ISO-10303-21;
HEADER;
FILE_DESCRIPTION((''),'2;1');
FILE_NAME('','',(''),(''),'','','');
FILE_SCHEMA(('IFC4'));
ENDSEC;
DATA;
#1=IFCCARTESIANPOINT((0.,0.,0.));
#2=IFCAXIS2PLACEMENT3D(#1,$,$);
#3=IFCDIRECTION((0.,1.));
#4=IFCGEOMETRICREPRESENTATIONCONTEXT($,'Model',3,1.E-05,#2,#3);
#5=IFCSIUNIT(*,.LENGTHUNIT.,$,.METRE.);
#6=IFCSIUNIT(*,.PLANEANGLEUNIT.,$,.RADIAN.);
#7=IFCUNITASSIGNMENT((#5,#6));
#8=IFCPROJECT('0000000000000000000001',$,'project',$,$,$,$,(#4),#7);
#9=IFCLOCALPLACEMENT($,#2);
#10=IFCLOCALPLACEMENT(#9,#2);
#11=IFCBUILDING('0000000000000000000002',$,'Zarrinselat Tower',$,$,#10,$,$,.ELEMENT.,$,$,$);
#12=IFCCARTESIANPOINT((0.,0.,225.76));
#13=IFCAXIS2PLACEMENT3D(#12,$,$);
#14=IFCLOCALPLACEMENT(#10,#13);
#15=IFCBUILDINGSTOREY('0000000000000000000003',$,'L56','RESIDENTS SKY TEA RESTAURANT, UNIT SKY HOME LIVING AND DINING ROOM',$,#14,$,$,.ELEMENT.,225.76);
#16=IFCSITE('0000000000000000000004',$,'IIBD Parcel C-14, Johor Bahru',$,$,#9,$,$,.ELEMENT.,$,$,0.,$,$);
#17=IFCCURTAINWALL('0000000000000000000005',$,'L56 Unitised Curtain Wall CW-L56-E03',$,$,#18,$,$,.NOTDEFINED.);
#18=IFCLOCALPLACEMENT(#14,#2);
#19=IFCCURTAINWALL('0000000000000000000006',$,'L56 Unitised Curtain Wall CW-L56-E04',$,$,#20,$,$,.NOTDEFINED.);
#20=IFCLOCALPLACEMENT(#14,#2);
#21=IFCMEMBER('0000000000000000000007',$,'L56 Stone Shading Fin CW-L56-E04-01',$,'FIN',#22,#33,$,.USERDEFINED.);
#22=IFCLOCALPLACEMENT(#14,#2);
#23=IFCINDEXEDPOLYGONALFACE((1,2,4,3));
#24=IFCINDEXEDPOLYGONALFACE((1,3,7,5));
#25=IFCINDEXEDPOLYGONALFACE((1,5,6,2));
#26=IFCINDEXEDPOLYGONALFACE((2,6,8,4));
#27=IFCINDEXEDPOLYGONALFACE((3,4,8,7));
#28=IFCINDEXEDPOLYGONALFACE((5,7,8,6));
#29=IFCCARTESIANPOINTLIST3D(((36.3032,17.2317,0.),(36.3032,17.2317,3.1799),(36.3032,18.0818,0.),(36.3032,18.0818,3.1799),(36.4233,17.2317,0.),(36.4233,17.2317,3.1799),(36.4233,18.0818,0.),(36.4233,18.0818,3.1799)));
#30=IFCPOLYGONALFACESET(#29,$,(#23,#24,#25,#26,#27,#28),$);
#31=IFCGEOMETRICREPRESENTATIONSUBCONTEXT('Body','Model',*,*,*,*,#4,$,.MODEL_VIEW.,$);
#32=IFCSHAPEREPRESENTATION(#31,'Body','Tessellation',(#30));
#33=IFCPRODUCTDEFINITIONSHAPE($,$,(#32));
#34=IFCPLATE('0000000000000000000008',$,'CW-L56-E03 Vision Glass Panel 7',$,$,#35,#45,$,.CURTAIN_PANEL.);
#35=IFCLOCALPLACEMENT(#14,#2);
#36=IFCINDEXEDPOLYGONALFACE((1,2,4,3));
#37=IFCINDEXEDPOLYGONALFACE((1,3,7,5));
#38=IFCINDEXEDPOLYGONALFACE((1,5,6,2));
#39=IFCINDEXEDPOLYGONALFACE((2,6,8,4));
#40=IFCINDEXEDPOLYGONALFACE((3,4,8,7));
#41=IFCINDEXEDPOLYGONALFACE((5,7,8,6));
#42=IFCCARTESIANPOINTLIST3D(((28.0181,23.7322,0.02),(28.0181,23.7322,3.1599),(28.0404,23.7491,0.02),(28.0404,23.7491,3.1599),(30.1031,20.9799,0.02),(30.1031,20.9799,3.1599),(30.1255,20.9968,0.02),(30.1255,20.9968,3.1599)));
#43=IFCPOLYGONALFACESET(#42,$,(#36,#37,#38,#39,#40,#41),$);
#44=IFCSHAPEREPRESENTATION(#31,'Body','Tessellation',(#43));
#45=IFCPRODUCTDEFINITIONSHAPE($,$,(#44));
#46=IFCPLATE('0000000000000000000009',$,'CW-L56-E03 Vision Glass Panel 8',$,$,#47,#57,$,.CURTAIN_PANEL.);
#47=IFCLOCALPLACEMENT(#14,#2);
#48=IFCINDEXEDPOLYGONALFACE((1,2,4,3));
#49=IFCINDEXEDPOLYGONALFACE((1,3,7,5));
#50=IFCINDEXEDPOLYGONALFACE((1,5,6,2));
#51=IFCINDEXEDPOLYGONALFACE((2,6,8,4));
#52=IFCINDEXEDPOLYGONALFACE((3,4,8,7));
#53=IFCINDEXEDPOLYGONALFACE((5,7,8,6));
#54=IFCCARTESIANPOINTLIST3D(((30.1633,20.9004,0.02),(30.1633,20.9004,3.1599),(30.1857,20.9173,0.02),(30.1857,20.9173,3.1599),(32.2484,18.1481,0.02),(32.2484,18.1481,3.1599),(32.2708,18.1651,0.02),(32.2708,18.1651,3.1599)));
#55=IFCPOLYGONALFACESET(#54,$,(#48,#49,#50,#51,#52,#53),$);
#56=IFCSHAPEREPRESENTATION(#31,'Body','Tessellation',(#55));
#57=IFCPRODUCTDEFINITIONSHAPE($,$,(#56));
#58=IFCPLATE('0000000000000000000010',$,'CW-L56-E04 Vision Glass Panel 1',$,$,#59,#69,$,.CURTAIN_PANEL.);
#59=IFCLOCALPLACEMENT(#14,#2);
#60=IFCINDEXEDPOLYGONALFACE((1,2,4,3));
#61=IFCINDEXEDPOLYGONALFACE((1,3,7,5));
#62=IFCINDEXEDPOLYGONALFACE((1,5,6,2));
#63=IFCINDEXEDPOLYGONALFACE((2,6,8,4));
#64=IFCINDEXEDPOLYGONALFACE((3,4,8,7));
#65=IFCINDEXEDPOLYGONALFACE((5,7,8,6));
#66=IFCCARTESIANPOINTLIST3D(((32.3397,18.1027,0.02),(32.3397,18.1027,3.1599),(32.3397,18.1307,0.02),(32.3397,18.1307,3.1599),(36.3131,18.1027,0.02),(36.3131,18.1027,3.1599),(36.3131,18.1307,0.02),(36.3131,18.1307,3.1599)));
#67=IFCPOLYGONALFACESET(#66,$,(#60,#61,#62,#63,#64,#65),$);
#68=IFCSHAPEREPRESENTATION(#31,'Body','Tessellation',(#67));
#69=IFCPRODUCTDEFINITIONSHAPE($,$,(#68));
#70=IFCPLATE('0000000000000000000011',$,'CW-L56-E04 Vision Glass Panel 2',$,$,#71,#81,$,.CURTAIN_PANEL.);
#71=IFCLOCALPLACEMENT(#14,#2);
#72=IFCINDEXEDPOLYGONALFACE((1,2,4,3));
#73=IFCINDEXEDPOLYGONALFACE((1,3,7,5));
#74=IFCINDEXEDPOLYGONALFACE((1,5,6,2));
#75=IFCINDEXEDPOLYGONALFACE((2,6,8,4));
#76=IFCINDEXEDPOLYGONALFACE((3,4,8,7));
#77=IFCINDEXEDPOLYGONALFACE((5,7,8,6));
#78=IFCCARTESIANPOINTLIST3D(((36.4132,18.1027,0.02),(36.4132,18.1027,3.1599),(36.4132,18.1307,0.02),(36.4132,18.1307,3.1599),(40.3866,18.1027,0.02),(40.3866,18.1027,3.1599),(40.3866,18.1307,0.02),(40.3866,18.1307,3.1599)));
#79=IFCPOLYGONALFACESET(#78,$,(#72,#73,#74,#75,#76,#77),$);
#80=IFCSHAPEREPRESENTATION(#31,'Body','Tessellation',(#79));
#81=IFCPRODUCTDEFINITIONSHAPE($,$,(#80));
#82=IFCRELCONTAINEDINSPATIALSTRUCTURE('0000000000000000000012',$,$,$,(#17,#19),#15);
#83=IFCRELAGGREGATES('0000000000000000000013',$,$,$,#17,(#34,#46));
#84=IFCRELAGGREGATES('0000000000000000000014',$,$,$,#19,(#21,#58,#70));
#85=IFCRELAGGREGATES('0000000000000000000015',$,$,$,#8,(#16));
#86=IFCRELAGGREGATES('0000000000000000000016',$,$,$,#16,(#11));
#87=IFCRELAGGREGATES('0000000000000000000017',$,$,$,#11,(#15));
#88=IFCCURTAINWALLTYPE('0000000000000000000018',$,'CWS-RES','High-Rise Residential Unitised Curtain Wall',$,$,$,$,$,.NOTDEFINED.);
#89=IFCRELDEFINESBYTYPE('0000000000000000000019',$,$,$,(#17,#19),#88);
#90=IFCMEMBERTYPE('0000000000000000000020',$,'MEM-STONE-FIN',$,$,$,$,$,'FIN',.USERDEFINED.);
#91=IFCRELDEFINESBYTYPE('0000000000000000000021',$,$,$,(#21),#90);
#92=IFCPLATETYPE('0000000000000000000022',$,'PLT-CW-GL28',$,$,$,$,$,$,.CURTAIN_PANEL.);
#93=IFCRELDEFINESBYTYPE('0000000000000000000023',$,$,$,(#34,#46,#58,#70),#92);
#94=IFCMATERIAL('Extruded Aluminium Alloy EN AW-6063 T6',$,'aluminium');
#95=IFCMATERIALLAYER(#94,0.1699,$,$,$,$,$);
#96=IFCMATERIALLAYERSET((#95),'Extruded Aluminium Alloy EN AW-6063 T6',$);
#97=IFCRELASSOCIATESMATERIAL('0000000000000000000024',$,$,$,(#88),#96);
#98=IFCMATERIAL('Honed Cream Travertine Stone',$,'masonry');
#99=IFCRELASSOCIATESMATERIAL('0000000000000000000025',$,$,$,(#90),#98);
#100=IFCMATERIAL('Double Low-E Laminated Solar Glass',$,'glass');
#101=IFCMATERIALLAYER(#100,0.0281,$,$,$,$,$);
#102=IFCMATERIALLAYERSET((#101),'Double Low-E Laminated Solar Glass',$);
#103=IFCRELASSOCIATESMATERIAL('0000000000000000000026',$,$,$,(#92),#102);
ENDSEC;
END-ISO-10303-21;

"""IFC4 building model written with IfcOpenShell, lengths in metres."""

from ifc_helpers import new_model, si_unit, direction, frame, origin, origin_2d, place, context, subcontext, project, spatial, rectangle, extrude, material, layer, layer_set, material_profile, profile_set, type_object, element, aggregate, save


model = new_model("IFC4")

# Units and contexts
model_context = context("Model", 3, precision=1e-05, world=origin(), true_north=direction((0.0, 1.0)))
body_context = subcontext(model_context, "Body", "Model", "MODEL_VIEW")
ifc_project = project(units=[si_unit("LENGTHUNIT", "METRE"), si_unit("PLANEANGLEUNIT", "RADIAN")], contexts=[model_context])

# Site, building, storey
site_placement = place(None, origin())
site = spatial("IfcSite", under=ifc_project, at=site_placement, Name="IIBD Parcel C-14, Johor Bahru", CompositionType="ELEMENT", RefElevation=0.0)
building_placement = place(site_placement, origin())
building = spatial("IfcBuilding", under=site, at=building_placement, Name="Zarrinselat Tower", CompositionType="ELEMENT")
storey_placement = place(building_placement, frame((0.0, 0.0, 225.76)))
storey = spatial("IfcBuildingStorey", under=building, at=storey_placement, Name="L56", Description="RESIDENTS SKY TEA RESTAURANT, UNIT SKY HOME LIVING AND DINING ROOM", CompositionType="ELEMENT", Elevation=225.76)

# Curtain walls
ifc_material_1 = material(Name="Extruded Aluminium Alloy EN AW-6063 T6", Category="aluminium")
ifc_layer_1 = layer(ifc_material_1, 0.1699)
ifc_layer_set_1 = layer_set([ifc_layer_1], Name="Extruded Aluminium Alloy EN AW-6063 T6")
curtain_wall_type = type_object("IfcCurtainWallType", Name="CWS-RES", Description="High-Rise Residential Unitised Curtain Wall", PredefinedType="NOTDEFINED", material=ifc_layer_set_1)
curtain_wall_1_placement = place(storey_placement, origin())
curtain_wall_1 = element("IfcCurtainWall", 1, at=curtain_wall_1_placement, inside=storey, type_object=curtain_wall_type, Name="L56 Unitised Curtain Wall CW-L56-E03", PredefinedType="NOTDEFINED")
curtain_wall_2_placement = place(storey_placement, origin())
curtain_wall_2 = element("IfcCurtainWall", 2, at=curtain_wall_2_placement, inside=storey, type_object=curtain_wall_type, Name="L56 Unitised Curtain Wall CW-L56-E04", PredefinedType="NOTDEFINED")

# Member
ifc_material_2 = material(Name="Honed Cream Travertine Stone", Category="masonry")
ifc_material_profile_1 = material_profile(ifc_material_2, rectangle(XDim=0.1201, YDim=0.8501, at=origin_2d()), Name="FIN 850x120")
ifc_profile_set_1 = profile_set([ifc_material_profile_1], Name="Honed Cream Travertine Stone")
member_type_1 = type_object("IfcMemberType", Name="MEM-STONE-FIN", ElementType="FIN", PredefinedType="USERDEFINED", material=ifc_profile_set_1)
member_1_placement = place(storey_placement, frame((36.3633, 17.6567, 0.0), z_axis=(0.0, 0.0, 1.0), x_axis=(-1.0, 0.0, 0.0)))
member_1 = element("IfcMember", 3, at=member_1_placement, type_object=member_type_1, Name="L56 Stone Shading Fin CW-L56-E04-01", ObjectType="FIN", PredefinedType="USERDEFINED", context=body_context, shape_type="SweptSolid", body=[
    extrude(rectangle(XDim=0.1201, YDim=0.8501, at=origin_2d()), origin(), (0.0, 0.0, 1.0), 3.1799),
])

# Plates
ifc_material_3 = material(Name="Double Low-E Laminated Solar Glass", Category="glass")
ifc_layer_2 = layer(ifc_material_3, 0.0281)
ifc_layer_set_2 = layer_set([ifc_layer_2], Name="Double Low-E Laminated Solar Glass")
plate_type = type_object("IfcPlateType", Name="PLT-CW-GL28", PredefinedType="CURTAIN_PANEL", material=ifc_layer_set_2)
plate_1_placement = place(storey_placement, frame((29.0718, 22.3645, 0.02), z_axis=(0.0, 0.0, 1.0), x_axis=(0.60386, -0.797091, 0.0)))
plate_1 = element("IfcPlate", 4, at=plate_1_placement, type_object=plate_type, Name="CW-L56-E03 Vision Glass Panel 7", PredefinedType="CURTAIN_PANEL", context=body_context, shape_type="SweptSolid", body=[
    extrude(rectangle(XDim=3.4529, YDim=0.0281, at=origin_2d()), origin(), (0.0, 0.0, 1.0), 3.1399),
])
plate_2_placement = place(storey_placement, frame((31.217, 19.5327, 0.02), z_axis=(0.0, 0.0, 1.0), x_axis=(0.60386, -0.797091, 0.0)))
plate_2 = element("IfcPlate", 5, at=plate_2_placement, type_object=plate_type, Name="CW-L56-E03 Vision Glass Panel 8", PredefinedType="CURTAIN_PANEL", context=body_context, shape_type="SweptSolid", body=[
    extrude(rectangle(XDim=3.4529, YDim=0.0281, at=origin_2d()), origin(), (0.0, 0.0, 1.0), 3.1399),
])
aggregate(curtain_wall_1, [plate_1, plate_2])
plate_3_placement = place(storey_placement, frame((34.3264, 18.1167, 0.02), z_axis=(0.0, 0.0, 1.0), x_axis=(1.0, 0.0, 0.0)))
plate_3 = element("IfcPlate", 6, at=plate_3_placement, type_object=plate_type, Name="CW-L56-E04 Vision Glass Panel 1", PredefinedType="CURTAIN_PANEL", context=body_context, shape_type="SweptSolid", body=[
    extrude(rectangle(XDim=3.9734, YDim=0.0281, at=origin_2d()), origin(), (0.0, 0.0, 1.0), 3.1399),
])
plate_4_placement = place(storey_placement, frame((38.3999, 18.1167, 0.02), z_axis=(0.0, 0.0, 1.0), x_axis=(1.0, 0.0, 0.0)))
plate_4 = element("IfcPlate", 7, at=plate_4_placement, type_object=plate_type, Name="CW-L56-E04 Vision Glass Panel 2", PredefinedType="CURTAIN_PANEL", context=body_context, shape_type="SweptSolid", body=[
    extrude(rectangle(XDim=3.9734, YDim=0.0281, at=origin_2d()), origin(), (0.0, 0.0, 1.0), 3.1399),
])
aggregate(curtain_wall_2, [member_1, plate_3, plate_4])

save(model, "model.ifc")
